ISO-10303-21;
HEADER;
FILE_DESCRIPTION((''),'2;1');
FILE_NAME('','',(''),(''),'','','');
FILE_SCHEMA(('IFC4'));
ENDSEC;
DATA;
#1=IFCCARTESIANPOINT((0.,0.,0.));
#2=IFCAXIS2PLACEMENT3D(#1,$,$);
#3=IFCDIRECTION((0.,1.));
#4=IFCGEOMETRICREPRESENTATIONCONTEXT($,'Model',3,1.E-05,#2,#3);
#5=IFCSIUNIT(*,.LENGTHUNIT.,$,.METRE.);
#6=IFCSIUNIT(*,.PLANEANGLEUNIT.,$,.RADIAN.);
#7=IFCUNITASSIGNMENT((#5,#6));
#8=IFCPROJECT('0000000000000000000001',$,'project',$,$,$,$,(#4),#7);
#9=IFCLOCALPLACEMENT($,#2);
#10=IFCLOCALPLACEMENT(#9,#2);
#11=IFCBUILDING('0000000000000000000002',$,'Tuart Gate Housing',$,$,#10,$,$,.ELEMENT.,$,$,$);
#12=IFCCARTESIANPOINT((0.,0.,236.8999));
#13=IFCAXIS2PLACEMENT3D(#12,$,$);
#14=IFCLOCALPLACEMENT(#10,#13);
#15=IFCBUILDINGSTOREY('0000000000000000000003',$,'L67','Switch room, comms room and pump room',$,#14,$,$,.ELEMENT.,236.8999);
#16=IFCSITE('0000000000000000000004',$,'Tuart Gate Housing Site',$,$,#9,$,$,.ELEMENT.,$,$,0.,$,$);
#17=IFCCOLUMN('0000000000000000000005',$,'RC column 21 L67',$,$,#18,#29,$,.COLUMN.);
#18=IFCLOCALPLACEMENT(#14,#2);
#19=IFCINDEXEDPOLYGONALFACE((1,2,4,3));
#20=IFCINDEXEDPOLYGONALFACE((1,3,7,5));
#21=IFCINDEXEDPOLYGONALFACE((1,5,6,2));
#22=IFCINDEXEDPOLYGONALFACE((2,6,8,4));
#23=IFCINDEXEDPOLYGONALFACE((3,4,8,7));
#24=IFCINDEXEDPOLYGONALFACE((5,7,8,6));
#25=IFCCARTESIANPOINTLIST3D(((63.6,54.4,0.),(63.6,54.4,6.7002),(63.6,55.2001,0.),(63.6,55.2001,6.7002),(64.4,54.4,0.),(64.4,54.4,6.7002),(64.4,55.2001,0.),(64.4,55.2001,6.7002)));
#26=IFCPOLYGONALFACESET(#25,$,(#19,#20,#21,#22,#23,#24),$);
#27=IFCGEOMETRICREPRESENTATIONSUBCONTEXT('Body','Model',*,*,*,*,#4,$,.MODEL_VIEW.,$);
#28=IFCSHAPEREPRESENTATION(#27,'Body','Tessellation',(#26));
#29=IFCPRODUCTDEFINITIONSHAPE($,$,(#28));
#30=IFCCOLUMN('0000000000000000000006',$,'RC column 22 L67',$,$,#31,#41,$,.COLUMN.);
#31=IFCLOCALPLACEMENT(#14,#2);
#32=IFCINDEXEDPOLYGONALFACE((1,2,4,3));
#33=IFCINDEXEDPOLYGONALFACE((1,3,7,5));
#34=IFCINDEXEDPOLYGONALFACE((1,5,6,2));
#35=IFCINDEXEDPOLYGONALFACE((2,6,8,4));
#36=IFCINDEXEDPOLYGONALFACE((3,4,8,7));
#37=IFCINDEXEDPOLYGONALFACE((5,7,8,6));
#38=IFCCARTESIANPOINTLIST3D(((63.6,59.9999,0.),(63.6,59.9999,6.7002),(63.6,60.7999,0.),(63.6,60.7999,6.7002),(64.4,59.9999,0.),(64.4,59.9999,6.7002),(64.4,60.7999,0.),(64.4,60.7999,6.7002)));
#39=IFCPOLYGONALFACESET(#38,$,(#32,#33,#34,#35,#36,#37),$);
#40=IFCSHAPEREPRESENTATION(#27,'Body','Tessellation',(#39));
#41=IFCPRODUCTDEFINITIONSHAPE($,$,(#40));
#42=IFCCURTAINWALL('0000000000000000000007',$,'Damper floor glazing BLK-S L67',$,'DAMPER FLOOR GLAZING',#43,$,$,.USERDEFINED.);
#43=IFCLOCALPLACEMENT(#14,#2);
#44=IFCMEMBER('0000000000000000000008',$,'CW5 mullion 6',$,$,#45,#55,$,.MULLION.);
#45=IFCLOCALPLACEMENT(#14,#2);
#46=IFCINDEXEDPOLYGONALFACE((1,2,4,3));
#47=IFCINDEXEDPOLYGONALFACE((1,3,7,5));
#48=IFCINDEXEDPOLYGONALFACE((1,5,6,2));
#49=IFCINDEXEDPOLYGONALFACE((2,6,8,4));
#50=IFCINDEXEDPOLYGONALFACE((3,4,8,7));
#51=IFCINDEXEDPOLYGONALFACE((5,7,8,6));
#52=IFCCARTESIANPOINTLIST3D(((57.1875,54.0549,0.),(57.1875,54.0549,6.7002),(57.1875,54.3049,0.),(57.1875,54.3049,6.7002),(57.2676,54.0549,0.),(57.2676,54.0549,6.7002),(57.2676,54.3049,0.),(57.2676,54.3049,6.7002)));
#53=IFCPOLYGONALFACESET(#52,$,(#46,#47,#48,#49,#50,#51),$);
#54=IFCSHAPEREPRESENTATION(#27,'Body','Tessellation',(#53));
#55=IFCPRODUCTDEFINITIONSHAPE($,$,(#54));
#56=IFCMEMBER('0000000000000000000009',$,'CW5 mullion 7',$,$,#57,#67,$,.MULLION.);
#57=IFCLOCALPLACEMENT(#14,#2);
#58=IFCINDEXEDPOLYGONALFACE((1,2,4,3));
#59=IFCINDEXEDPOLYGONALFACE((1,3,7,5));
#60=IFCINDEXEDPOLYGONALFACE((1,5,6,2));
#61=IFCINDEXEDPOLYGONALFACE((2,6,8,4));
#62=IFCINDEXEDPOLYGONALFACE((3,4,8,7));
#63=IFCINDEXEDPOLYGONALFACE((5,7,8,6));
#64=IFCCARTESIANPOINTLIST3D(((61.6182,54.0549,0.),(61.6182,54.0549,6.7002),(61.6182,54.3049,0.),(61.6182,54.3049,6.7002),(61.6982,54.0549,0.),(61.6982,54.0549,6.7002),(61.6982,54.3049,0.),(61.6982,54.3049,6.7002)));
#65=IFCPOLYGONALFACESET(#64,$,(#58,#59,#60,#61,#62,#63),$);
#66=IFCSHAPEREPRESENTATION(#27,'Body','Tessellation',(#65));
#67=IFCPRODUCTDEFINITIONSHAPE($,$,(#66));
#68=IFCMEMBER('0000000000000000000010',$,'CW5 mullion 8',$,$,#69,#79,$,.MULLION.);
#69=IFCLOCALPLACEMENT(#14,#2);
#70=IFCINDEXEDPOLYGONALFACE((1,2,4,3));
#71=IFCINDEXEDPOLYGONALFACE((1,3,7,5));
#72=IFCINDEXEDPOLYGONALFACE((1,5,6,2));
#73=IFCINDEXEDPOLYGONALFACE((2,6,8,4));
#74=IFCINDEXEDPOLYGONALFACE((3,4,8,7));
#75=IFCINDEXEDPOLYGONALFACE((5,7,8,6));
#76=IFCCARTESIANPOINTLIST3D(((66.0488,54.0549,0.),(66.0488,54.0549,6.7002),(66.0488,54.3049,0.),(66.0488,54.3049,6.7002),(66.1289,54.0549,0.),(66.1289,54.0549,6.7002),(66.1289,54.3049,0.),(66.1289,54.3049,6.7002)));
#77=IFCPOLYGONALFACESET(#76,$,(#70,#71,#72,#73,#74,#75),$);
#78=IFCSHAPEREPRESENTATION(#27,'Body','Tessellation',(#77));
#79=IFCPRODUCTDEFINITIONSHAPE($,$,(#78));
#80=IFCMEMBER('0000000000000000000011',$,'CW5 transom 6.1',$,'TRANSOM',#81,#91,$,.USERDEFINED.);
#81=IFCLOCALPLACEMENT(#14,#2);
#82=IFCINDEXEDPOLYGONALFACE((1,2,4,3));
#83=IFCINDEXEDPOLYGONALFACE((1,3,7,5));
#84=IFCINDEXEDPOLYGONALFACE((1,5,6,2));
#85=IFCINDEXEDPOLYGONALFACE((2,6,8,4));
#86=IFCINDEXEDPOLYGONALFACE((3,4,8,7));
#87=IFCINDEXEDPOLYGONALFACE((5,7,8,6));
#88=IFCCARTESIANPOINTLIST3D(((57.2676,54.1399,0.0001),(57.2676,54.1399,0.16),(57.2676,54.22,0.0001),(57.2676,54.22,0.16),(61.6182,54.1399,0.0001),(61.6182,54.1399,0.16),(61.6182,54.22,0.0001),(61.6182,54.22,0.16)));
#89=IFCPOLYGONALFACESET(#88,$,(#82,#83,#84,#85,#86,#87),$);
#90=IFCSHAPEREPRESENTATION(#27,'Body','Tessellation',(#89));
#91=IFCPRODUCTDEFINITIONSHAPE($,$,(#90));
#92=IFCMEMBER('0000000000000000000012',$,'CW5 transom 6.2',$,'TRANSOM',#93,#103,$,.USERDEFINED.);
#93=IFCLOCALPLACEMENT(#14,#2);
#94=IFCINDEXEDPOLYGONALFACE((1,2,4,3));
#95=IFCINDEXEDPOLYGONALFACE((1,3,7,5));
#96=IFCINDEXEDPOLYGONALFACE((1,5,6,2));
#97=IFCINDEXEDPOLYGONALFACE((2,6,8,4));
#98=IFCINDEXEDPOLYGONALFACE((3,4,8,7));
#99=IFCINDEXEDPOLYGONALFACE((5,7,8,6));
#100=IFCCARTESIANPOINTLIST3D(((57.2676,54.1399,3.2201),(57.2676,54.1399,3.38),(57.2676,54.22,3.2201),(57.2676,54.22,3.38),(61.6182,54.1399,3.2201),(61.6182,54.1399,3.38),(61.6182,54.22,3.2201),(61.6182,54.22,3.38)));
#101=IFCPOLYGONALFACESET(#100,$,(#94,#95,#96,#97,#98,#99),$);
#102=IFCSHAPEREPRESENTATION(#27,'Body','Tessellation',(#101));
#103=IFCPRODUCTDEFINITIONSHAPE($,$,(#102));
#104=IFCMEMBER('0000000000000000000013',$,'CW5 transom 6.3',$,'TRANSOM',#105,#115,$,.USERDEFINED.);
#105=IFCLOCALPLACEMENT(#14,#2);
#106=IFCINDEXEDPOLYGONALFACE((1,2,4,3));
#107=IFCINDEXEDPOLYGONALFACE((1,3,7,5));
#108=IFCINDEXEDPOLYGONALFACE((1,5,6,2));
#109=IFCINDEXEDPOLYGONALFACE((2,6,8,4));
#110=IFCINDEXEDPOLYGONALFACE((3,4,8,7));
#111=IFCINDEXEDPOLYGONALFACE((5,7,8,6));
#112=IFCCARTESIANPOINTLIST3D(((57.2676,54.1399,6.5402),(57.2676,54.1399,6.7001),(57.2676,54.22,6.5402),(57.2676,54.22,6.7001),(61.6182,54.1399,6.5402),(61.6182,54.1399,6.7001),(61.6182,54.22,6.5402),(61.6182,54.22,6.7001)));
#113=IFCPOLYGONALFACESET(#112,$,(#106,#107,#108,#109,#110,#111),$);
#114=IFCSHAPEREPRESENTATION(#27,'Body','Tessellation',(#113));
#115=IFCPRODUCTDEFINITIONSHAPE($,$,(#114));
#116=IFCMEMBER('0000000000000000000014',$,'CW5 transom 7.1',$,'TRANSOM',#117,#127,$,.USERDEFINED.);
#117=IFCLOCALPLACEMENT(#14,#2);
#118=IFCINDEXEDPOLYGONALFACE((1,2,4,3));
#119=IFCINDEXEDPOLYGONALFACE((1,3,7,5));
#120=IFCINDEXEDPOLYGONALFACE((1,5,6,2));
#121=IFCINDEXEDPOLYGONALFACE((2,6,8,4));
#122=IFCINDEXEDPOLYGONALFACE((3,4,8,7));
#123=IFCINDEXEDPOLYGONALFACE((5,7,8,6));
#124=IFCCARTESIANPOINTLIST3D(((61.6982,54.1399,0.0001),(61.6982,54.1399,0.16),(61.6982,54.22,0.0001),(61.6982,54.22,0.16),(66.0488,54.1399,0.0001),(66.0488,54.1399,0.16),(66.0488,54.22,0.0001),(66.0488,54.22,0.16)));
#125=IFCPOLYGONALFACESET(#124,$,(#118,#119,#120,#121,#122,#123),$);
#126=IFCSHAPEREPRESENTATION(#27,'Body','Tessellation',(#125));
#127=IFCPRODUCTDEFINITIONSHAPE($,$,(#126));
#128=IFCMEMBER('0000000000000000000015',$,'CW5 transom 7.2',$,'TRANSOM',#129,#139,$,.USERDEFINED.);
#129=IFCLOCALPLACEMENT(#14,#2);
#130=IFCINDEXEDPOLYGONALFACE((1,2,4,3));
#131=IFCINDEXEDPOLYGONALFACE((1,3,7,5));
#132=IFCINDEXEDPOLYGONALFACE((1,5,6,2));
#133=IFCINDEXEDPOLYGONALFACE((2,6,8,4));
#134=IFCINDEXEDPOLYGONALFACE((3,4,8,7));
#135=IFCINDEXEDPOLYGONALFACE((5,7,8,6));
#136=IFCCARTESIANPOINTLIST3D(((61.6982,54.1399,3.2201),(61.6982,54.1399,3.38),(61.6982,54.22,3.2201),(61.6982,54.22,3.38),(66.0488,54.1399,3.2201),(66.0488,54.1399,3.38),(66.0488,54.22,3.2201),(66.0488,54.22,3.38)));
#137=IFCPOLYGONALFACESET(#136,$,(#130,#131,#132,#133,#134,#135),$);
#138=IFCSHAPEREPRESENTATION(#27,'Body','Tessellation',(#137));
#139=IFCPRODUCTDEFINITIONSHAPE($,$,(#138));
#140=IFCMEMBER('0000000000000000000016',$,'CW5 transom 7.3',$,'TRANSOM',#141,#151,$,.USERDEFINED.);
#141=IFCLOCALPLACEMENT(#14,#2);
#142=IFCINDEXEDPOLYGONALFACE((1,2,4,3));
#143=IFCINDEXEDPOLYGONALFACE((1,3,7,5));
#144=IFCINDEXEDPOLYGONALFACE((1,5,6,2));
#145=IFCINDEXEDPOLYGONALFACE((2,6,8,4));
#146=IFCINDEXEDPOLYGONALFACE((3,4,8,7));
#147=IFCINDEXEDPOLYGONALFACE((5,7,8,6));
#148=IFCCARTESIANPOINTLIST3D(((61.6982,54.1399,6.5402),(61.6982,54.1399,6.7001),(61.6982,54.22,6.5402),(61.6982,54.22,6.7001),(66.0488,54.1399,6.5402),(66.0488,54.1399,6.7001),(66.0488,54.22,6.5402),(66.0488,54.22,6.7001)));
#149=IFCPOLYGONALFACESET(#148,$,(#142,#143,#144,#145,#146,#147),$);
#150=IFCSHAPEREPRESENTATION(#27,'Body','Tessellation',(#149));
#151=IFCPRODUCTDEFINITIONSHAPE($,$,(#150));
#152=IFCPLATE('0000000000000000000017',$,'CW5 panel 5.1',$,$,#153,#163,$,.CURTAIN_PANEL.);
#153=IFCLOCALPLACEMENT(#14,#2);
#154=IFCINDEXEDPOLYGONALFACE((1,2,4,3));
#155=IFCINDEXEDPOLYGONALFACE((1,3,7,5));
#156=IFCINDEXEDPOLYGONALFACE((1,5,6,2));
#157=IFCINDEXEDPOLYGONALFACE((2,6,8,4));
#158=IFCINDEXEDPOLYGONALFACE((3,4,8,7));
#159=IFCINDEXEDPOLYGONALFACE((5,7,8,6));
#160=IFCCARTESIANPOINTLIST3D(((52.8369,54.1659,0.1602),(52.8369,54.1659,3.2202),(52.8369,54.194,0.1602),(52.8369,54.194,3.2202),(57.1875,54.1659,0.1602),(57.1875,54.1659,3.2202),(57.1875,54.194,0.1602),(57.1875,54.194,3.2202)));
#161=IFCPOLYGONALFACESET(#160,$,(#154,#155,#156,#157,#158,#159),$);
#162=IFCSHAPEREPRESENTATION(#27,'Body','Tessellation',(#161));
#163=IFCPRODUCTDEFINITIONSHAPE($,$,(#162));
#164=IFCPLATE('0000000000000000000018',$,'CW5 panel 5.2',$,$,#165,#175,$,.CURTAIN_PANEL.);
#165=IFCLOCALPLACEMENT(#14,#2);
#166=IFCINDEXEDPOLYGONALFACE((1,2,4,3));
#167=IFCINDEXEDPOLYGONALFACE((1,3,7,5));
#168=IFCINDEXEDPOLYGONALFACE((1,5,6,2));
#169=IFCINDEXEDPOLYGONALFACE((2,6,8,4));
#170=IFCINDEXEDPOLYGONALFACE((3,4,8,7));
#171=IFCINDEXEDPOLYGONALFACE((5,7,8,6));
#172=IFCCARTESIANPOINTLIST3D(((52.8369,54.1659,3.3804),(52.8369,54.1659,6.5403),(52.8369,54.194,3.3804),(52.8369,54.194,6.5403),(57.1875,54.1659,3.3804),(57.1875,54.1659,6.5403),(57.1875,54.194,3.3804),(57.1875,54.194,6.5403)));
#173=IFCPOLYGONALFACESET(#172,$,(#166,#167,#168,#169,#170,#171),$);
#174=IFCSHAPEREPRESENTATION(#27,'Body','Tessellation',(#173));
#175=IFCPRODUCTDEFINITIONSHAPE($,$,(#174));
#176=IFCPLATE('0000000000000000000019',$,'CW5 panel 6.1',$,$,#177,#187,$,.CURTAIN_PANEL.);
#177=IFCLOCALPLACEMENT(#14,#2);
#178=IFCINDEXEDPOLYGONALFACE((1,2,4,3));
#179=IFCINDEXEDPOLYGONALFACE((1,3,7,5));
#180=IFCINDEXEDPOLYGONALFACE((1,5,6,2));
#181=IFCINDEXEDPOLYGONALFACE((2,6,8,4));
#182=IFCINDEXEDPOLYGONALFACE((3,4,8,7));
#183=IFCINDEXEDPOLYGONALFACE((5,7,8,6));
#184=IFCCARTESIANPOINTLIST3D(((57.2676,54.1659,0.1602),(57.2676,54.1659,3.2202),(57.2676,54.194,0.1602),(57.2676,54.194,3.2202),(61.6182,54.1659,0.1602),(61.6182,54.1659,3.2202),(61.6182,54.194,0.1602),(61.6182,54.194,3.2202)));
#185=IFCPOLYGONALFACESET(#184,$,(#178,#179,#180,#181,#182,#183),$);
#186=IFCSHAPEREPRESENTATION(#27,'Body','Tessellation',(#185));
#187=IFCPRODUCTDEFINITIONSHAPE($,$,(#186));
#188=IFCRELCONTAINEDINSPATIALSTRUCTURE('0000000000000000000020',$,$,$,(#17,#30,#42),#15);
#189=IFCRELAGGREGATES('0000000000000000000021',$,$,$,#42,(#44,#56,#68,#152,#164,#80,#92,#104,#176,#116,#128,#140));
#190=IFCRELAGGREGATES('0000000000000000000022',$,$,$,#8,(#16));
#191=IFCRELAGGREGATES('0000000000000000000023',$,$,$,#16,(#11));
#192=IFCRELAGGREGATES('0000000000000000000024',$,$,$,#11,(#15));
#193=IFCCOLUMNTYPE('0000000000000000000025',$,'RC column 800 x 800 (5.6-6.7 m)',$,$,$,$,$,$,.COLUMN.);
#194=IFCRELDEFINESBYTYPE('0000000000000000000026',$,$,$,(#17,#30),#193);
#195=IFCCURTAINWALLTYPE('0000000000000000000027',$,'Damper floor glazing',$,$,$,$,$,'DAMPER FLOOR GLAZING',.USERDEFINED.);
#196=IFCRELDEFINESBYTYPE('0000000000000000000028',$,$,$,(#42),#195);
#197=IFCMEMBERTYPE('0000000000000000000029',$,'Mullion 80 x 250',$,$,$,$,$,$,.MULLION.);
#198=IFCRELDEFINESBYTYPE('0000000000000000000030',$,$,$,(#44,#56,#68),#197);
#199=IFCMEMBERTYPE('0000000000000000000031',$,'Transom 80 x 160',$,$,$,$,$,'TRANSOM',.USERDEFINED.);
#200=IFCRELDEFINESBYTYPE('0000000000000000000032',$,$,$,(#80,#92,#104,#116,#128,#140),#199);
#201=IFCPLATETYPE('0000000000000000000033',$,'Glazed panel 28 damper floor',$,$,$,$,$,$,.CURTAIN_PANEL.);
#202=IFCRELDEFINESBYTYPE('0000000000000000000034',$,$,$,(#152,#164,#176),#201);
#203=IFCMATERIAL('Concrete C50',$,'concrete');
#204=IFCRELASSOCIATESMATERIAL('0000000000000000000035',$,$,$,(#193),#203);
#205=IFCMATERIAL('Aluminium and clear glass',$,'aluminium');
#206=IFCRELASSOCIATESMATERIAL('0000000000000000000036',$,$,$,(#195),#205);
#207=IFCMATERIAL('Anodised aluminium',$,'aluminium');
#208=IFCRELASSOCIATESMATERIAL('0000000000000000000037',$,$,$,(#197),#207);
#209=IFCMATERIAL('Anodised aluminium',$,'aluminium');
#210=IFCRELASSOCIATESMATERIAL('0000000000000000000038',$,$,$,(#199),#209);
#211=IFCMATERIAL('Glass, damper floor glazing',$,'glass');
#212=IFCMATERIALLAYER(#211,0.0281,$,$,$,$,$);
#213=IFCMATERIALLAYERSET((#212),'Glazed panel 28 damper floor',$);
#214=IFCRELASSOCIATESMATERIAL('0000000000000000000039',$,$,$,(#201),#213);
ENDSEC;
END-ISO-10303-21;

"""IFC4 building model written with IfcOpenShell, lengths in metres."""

from ifc_helpers import new_model, si_unit, direction, frame, origin, origin_2d, place, context, subcontext, project, spatial, rectangle, extrude, material, layer, layer_set, material_profile, profile_set, type_object, element, aggregate, save


model = new_model("IFC4")

# Units and contexts
model_context = context("Model", 3, precision=1e-05, world=origin(), true_north=direction((0.0, 1.0)))
body_context = subcontext(model_context, "Body", "Model", "MODEL_VIEW")
ifc_project = project(units=[si_unit("LENGTHUNIT", "METRE"), si_unit("PLANEANGLEUNIT", "RADIAN")], contexts=[model_context])

# Site, building, storey
site_placement = place(None, origin())
site = spatial("IfcSite", under=ifc_project, at=site_placement, Name="Tuart Gate Housing Site", CompositionType="ELEMENT", RefElevation=0.0)
building_placement = place(site_placement, origin())
building = spatial("IfcBuilding", under=site, at=building_placement, Name="Tuart Gate Housing", CompositionType="ELEMENT")
storey_placement = place(building_placement, frame((0.0, 0.0, 236.8999)))
storey = spatial("IfcBuildingStorey", under=building, at=storey_placement, Name="L67", Description="Switch room, comms room and pump room", CompositionType="ELEMENT", Elevation=236.8999)

# Columns
ifc_material_1 = material(Name="Concrete C50", Category="concrete")
ifc_material_profile_1 = material_profile(ifc_material_1, rectangle(XDim=0.8, YDim=0.8, at=origin_2d()), Name="RC column 800 x 800 (5.6-6.7 m)")
ifc_profile_set_1 = profile_set([ifc_material_profile_1], Name="Concrete C50")
column_type = type_object("IfcColumnType", Name="RC column 800 x 800 (5.6-6.7 m)", PredefinedType="COLUMN", material=ifc_profile_set_1)
for number, where, z_axis, x_axis, name in (
    (1, (64.0, 54.8, 0.0), (0.0, 0.0, 1.0), (1.0, 0.0, 0.0), "RC column 21 L67"),
    (2, (64.0, 60.3999, 0.0), (0.0, 0.0, 1.0), (1.0, 0.0, 0.0), "RC column 22 L67"),
):
    element("IfcColumn", number, at=place(storey_placement, frame(where, z_axis=z_axis, x_axis=x_axis)), inside=storey, type_object=column_type, Name=name, PredefinedType="COLUMN", context=body_context, shape_type="SweptSolid", body=[
        extrude(rectangle(XDim=0.8, YDim=0.8, at=origin_2d()), origin(), (0.0, 0.0, 1.0), 6.7002),
    ])

# Curtain wall, members, plates
ifc_material_2 = material(Name="Aluminium and clear glass", Category="aluminium")
curtain_wall_type = type_object("IfcCurtainWallType", Name="Damper floor glazing", ElementType="DAMPER FLOOR GLAZING", PredefinedType="USERDEFINED", material=ifc_material_2)
curtain_wall_placement = place(storey_placement, origin())
curtain_wall = element("IfcCurtainWall", 3, at=curtain_wall_placement, inside=storey, type_object=curtain_wall_type, Name="Damper floor glazing BLK-S L67", ObjectType="DAMPER FLOOR GLAZING", PredefinedType="USERDEFINED")
ifc_material_3 = material(Name="Anodised aluminium", Category="aluminium")
ifc_material_profile_2 = material_profile(ifc_material_3, rectangle(XDim=0.0801, YDim=0.25, at=origin_2d()), Name="80x250")
ifc_profile_set_2 = profile_set([ifc_material_profile_2], Name="Anodised aluminium")
member_type_1 = type_object("IfcMemberType", Name="Mullion 80 x 250", PredefinedType="MULLION", material=ifc_profile_set_2)
member_1_placement = place(storey_placement, frame((57.2275, 54.1799, 0.0), z_axis=(0.0, 0.0, 1.0), x_axis=(1.0, 0.0, 0.0)))
member_1 = element("IfcMember", 4, at=member_1_placement, type_object=member_type_1, Name="CW5 mullion 6", PredefinedType="MULLION", context=body_context, shape_type="SweptSolid", body=[
    extrude(rectangle(XDim=0.0801, YDim=0.25, at=origin_2d()), origin(), (0.0, 0.0, 1.0), 6.7002),
])
member_2_placement = place(storey_placement, frame((61.6582, 54.1799, 0.0), z_axis=(0.0, 0.0, 1.0), x_axis=(1.0, 0.0, 0.0)))
member_2 = element("IfcMember", 5, at=member_2_placement, type_object=member_type_1, Name="CW5 mullion 7", PredefinedType="MULLION", context=body_context, shape_type="SweptSolid", body=[
    extrude(rectangle(XDim=0.0801, YDim=0.25, at=origin_2d()), origin(), (0.0, 0.0, 1.0), 6.7002),
])
member_3_placement = place(storey_placement, frame((66.0889, 54.1799, 0.0), z_axis=(0.0, 0.0, 1.0), x_axis=(1.0, 0.0, 0.0)))
member_3 = element("IfcMember", 6, at=member_3_placement, type_object=member_type_1, Name="CW5 mullion 8", PredefinedType="MULLION", context=body_context, shape_type="SweptSolid", body=[
    extrude(rectangle(XDim=0.0801, YDim=0.25, at=origin_2d()), origin(), (0.0, 0.0, 1.0), 6.7002),
])
ifc_material_4 = material(Name="Anodised aluminium", Category="aluminium")
ifc_material_profile_3 = material_profile(ifc_material_4, rectangle(XDim=0.0801, YDim=0.1599, at=origin_2d()), Name="80x160")
ifc_profile_set_3 = profile_set([ifc_material_profile_3], Name="Anodised aluminium")
member_type_2 = type_object("IfcMemberType", Name="Transom 80 x 160", ElementType="TRANSOM", PredefinedType="USERDEFINED", material=ifc_profile_set_3)
member_4_placement = place(storey_placement, frame((57.2676, 54.1799, 0.0801), z_axis=(1.0, 0.0, 0.0), x_axis=(0.0, 1.0, 0.0)))
member_4 = element("IfcMember", 7, at=member_4_placement, type_object=member_type_2, Name="CW5 transom 6.1", ObjectType="TRANSOM", PredefinedType="USERDEFINED", context=body_context, shape_type="SweptSolid", body=[
    extrude(rectangle(XDim=0.0801, YDim=0.1599, at=origin_2d()), origin(), (0.0, 0.0, 1.0), 4.3506),
])
member_5_placement = place(storey_placement, frame((57.2676, 54.1799, 3.3), z_axis=(1.0, 0.0, 0.0), x_axis=(0.0, 1.0, 0.0)))
member_5 = element("IfcMember", 8, at=member_5_placement, type_object=member_type_2, Name="CW5 transom 6.2", ObjectType="TRANSOM", PredefinedType="USERDEFINED", context=body_context, shape_type="SweptSolid", body=[
    extrude(rectangle(XDim=0.0801, YDim=0.1599, at=origin_2d()), origin(), (0.0, 0.0, 1.0), 4.3506),
])
member_6_placement = place(storey_placement, frame((57.2676, 54.1799, 6.6201), z_axis=(1.0, 0.0, 0.0), x_axis=(0.0, 1.0, 0.0)))
member_6 = element("IfcMember", 9, at=member_6_placement, type_object=member_type_2, Name="CW5 transom 6.3", ObjectType="TRANSOM", PredefinedType="USERDEFINED", context=body_context, shape_type="SweptSolid", body=[
    extrude(rectangle(XDim=0.0801, YDim=0.1599, at=origin_2d()), origin(), (0.0, 0.0, 1.0), 4.3506),
])
member_7_placement = place(storey_placement, frame((61.6982, 54.1799, 0.0801), z_axis=(1.0, 0.0, 0.0), x_axis=(0.0, 1.0, 0.0)))
member_7 = element("IfcMember", 10, at=member_7_placement, type_object=member_type_2, Name="CW5 transom 7.1", ObjectType="TRANSOM", PredefinedType="USERDEFINED", context=body_context, shape_type="SweptSolid", body=[
    extrude(rectangle(XDim=0.0801, YDim=0.1599, at=origin_2d()), origin(), (0.0, 0.0, 1.0), 4.3506),
])
member_8_placement = place(storey_placement, frame((61.6982, 54.1799, 3.3), z_axis=(1.0, 0.0, 0.0), x_axis=(0.0, 1.0, 0.0)))
member_8 = element("IfcMember", 11, at=member_8_placement, type_object=member_type_2, Name="CW5 transom 7.2", ObjectType="TRANSOM", PredefinedType="USERDEFINED", context=body_context, shape_type="SweptSolid", body=[
    extrude(rectangle(XDim=0.0801, YDim=0.1599, at=origin_2d()), origin(), (0.0, 0.0, 1.0), 4.3506),
])
member_9_placement = place(storey_placement, frame((61.6982, 54.1799, 6.6201), z_axis=(1.0, 0.0, 0.0), x_axis=(0.0, 1.0, 0.0)))
member_9 = element("IfcMember", 12, at=member_9_placement, type_object=member_type_2, Name="CW5 transom 7.3", ObjectType="TRANSOM", PredefinedType="USERDEFINED", context=body_context, shape_type="SweptSolid", body=[
    extrude(rectangle(XDim=0.0801, YDim=0.1599, at=origin_2d()), origin(), (0.0, 0.0, 1.0), 4.3506),
])
ifc_material_5 = material(Name="Glass, damper floor glazing", Category="glass")
ifc_layer_1 = layer(ifc_material_5, 0.0281)
ifc_layer_set_1 = layer_set([ifc_layer_1], Name="Glazed panel 28 damper floor")
plate_type = type_object("IfcPlateType", Name="Glazed panel 28 damper floor", PredefinedType="CURTAIN_PANEL", material=ifc_layer_set_1)
plate_1_placement = place(storey_placement, frame((55.0122, 54.1799, 0.1602), z_axis=(0.0, 0.0, 1.0), x_axis=(1.0, 0.0, 0.0)))
plate_1 = element("IfcPlate", 13, at=plate_1_placement, type_object=plate_type, Name="CW5 panel 5.1", PredefinedType="CURTAIN_PANEL", context=body_context, shape_type="SweptSolid", body=[
    extrude(rectangle(XDim=4.3506, YDim=0.0281, at=origin_2d()), origin(), (0.0, 0.0, 1.0), 3.0601),
])
plate_2_placement = place(storey_placement, frame((55.0122, 54.1799, 3.3804), z_axis=(0.0, 0.0, 1.0), x_axis=(1.0, 0.0, 0.0)))
plate_2 = element("IfcPlate", 14, at=plate_2_placement, type_object=plate_type, Name="CW5 panel 5.2", PredefinedType="CURTAIN_PANEL", context=body_context, shape_type="SweptSolid", body=[
    extrude(rectangle(XDim=4.3506, YDim=0.0281, at=origin_2d()), origin(), (0.0, 0.0, 1.0), 3.1599),
])
plate_3_placement = place(storey_placement, frame((59.4429, 54.1799, 0.1602), z_axis=(0.0, 0.0, 1.0), x_axis=(1.0, 0.0, 0.0)))
plate_3 = element("IfcPlate", 15, at=plate_3_placement, type_object=plate_type, Name="CW5 panel 6.1", PredefinedType="CURTAIN_PANEL", context=body_context, shape_type="SweptSolid", body=[
    extrude(rectangle(XDim=4.3506, YDim=0.0281, at=origin_2d()), origin(), (0.0, 0.0, 1.0), 3.0601),
])
aggregate(curtain_wall, [member_1, member_2, member_3, plate_1, plate_2, member_4, member_5, member_6, plate_3, member_7, member_8, member_9])

save(model, "model.ifc")
